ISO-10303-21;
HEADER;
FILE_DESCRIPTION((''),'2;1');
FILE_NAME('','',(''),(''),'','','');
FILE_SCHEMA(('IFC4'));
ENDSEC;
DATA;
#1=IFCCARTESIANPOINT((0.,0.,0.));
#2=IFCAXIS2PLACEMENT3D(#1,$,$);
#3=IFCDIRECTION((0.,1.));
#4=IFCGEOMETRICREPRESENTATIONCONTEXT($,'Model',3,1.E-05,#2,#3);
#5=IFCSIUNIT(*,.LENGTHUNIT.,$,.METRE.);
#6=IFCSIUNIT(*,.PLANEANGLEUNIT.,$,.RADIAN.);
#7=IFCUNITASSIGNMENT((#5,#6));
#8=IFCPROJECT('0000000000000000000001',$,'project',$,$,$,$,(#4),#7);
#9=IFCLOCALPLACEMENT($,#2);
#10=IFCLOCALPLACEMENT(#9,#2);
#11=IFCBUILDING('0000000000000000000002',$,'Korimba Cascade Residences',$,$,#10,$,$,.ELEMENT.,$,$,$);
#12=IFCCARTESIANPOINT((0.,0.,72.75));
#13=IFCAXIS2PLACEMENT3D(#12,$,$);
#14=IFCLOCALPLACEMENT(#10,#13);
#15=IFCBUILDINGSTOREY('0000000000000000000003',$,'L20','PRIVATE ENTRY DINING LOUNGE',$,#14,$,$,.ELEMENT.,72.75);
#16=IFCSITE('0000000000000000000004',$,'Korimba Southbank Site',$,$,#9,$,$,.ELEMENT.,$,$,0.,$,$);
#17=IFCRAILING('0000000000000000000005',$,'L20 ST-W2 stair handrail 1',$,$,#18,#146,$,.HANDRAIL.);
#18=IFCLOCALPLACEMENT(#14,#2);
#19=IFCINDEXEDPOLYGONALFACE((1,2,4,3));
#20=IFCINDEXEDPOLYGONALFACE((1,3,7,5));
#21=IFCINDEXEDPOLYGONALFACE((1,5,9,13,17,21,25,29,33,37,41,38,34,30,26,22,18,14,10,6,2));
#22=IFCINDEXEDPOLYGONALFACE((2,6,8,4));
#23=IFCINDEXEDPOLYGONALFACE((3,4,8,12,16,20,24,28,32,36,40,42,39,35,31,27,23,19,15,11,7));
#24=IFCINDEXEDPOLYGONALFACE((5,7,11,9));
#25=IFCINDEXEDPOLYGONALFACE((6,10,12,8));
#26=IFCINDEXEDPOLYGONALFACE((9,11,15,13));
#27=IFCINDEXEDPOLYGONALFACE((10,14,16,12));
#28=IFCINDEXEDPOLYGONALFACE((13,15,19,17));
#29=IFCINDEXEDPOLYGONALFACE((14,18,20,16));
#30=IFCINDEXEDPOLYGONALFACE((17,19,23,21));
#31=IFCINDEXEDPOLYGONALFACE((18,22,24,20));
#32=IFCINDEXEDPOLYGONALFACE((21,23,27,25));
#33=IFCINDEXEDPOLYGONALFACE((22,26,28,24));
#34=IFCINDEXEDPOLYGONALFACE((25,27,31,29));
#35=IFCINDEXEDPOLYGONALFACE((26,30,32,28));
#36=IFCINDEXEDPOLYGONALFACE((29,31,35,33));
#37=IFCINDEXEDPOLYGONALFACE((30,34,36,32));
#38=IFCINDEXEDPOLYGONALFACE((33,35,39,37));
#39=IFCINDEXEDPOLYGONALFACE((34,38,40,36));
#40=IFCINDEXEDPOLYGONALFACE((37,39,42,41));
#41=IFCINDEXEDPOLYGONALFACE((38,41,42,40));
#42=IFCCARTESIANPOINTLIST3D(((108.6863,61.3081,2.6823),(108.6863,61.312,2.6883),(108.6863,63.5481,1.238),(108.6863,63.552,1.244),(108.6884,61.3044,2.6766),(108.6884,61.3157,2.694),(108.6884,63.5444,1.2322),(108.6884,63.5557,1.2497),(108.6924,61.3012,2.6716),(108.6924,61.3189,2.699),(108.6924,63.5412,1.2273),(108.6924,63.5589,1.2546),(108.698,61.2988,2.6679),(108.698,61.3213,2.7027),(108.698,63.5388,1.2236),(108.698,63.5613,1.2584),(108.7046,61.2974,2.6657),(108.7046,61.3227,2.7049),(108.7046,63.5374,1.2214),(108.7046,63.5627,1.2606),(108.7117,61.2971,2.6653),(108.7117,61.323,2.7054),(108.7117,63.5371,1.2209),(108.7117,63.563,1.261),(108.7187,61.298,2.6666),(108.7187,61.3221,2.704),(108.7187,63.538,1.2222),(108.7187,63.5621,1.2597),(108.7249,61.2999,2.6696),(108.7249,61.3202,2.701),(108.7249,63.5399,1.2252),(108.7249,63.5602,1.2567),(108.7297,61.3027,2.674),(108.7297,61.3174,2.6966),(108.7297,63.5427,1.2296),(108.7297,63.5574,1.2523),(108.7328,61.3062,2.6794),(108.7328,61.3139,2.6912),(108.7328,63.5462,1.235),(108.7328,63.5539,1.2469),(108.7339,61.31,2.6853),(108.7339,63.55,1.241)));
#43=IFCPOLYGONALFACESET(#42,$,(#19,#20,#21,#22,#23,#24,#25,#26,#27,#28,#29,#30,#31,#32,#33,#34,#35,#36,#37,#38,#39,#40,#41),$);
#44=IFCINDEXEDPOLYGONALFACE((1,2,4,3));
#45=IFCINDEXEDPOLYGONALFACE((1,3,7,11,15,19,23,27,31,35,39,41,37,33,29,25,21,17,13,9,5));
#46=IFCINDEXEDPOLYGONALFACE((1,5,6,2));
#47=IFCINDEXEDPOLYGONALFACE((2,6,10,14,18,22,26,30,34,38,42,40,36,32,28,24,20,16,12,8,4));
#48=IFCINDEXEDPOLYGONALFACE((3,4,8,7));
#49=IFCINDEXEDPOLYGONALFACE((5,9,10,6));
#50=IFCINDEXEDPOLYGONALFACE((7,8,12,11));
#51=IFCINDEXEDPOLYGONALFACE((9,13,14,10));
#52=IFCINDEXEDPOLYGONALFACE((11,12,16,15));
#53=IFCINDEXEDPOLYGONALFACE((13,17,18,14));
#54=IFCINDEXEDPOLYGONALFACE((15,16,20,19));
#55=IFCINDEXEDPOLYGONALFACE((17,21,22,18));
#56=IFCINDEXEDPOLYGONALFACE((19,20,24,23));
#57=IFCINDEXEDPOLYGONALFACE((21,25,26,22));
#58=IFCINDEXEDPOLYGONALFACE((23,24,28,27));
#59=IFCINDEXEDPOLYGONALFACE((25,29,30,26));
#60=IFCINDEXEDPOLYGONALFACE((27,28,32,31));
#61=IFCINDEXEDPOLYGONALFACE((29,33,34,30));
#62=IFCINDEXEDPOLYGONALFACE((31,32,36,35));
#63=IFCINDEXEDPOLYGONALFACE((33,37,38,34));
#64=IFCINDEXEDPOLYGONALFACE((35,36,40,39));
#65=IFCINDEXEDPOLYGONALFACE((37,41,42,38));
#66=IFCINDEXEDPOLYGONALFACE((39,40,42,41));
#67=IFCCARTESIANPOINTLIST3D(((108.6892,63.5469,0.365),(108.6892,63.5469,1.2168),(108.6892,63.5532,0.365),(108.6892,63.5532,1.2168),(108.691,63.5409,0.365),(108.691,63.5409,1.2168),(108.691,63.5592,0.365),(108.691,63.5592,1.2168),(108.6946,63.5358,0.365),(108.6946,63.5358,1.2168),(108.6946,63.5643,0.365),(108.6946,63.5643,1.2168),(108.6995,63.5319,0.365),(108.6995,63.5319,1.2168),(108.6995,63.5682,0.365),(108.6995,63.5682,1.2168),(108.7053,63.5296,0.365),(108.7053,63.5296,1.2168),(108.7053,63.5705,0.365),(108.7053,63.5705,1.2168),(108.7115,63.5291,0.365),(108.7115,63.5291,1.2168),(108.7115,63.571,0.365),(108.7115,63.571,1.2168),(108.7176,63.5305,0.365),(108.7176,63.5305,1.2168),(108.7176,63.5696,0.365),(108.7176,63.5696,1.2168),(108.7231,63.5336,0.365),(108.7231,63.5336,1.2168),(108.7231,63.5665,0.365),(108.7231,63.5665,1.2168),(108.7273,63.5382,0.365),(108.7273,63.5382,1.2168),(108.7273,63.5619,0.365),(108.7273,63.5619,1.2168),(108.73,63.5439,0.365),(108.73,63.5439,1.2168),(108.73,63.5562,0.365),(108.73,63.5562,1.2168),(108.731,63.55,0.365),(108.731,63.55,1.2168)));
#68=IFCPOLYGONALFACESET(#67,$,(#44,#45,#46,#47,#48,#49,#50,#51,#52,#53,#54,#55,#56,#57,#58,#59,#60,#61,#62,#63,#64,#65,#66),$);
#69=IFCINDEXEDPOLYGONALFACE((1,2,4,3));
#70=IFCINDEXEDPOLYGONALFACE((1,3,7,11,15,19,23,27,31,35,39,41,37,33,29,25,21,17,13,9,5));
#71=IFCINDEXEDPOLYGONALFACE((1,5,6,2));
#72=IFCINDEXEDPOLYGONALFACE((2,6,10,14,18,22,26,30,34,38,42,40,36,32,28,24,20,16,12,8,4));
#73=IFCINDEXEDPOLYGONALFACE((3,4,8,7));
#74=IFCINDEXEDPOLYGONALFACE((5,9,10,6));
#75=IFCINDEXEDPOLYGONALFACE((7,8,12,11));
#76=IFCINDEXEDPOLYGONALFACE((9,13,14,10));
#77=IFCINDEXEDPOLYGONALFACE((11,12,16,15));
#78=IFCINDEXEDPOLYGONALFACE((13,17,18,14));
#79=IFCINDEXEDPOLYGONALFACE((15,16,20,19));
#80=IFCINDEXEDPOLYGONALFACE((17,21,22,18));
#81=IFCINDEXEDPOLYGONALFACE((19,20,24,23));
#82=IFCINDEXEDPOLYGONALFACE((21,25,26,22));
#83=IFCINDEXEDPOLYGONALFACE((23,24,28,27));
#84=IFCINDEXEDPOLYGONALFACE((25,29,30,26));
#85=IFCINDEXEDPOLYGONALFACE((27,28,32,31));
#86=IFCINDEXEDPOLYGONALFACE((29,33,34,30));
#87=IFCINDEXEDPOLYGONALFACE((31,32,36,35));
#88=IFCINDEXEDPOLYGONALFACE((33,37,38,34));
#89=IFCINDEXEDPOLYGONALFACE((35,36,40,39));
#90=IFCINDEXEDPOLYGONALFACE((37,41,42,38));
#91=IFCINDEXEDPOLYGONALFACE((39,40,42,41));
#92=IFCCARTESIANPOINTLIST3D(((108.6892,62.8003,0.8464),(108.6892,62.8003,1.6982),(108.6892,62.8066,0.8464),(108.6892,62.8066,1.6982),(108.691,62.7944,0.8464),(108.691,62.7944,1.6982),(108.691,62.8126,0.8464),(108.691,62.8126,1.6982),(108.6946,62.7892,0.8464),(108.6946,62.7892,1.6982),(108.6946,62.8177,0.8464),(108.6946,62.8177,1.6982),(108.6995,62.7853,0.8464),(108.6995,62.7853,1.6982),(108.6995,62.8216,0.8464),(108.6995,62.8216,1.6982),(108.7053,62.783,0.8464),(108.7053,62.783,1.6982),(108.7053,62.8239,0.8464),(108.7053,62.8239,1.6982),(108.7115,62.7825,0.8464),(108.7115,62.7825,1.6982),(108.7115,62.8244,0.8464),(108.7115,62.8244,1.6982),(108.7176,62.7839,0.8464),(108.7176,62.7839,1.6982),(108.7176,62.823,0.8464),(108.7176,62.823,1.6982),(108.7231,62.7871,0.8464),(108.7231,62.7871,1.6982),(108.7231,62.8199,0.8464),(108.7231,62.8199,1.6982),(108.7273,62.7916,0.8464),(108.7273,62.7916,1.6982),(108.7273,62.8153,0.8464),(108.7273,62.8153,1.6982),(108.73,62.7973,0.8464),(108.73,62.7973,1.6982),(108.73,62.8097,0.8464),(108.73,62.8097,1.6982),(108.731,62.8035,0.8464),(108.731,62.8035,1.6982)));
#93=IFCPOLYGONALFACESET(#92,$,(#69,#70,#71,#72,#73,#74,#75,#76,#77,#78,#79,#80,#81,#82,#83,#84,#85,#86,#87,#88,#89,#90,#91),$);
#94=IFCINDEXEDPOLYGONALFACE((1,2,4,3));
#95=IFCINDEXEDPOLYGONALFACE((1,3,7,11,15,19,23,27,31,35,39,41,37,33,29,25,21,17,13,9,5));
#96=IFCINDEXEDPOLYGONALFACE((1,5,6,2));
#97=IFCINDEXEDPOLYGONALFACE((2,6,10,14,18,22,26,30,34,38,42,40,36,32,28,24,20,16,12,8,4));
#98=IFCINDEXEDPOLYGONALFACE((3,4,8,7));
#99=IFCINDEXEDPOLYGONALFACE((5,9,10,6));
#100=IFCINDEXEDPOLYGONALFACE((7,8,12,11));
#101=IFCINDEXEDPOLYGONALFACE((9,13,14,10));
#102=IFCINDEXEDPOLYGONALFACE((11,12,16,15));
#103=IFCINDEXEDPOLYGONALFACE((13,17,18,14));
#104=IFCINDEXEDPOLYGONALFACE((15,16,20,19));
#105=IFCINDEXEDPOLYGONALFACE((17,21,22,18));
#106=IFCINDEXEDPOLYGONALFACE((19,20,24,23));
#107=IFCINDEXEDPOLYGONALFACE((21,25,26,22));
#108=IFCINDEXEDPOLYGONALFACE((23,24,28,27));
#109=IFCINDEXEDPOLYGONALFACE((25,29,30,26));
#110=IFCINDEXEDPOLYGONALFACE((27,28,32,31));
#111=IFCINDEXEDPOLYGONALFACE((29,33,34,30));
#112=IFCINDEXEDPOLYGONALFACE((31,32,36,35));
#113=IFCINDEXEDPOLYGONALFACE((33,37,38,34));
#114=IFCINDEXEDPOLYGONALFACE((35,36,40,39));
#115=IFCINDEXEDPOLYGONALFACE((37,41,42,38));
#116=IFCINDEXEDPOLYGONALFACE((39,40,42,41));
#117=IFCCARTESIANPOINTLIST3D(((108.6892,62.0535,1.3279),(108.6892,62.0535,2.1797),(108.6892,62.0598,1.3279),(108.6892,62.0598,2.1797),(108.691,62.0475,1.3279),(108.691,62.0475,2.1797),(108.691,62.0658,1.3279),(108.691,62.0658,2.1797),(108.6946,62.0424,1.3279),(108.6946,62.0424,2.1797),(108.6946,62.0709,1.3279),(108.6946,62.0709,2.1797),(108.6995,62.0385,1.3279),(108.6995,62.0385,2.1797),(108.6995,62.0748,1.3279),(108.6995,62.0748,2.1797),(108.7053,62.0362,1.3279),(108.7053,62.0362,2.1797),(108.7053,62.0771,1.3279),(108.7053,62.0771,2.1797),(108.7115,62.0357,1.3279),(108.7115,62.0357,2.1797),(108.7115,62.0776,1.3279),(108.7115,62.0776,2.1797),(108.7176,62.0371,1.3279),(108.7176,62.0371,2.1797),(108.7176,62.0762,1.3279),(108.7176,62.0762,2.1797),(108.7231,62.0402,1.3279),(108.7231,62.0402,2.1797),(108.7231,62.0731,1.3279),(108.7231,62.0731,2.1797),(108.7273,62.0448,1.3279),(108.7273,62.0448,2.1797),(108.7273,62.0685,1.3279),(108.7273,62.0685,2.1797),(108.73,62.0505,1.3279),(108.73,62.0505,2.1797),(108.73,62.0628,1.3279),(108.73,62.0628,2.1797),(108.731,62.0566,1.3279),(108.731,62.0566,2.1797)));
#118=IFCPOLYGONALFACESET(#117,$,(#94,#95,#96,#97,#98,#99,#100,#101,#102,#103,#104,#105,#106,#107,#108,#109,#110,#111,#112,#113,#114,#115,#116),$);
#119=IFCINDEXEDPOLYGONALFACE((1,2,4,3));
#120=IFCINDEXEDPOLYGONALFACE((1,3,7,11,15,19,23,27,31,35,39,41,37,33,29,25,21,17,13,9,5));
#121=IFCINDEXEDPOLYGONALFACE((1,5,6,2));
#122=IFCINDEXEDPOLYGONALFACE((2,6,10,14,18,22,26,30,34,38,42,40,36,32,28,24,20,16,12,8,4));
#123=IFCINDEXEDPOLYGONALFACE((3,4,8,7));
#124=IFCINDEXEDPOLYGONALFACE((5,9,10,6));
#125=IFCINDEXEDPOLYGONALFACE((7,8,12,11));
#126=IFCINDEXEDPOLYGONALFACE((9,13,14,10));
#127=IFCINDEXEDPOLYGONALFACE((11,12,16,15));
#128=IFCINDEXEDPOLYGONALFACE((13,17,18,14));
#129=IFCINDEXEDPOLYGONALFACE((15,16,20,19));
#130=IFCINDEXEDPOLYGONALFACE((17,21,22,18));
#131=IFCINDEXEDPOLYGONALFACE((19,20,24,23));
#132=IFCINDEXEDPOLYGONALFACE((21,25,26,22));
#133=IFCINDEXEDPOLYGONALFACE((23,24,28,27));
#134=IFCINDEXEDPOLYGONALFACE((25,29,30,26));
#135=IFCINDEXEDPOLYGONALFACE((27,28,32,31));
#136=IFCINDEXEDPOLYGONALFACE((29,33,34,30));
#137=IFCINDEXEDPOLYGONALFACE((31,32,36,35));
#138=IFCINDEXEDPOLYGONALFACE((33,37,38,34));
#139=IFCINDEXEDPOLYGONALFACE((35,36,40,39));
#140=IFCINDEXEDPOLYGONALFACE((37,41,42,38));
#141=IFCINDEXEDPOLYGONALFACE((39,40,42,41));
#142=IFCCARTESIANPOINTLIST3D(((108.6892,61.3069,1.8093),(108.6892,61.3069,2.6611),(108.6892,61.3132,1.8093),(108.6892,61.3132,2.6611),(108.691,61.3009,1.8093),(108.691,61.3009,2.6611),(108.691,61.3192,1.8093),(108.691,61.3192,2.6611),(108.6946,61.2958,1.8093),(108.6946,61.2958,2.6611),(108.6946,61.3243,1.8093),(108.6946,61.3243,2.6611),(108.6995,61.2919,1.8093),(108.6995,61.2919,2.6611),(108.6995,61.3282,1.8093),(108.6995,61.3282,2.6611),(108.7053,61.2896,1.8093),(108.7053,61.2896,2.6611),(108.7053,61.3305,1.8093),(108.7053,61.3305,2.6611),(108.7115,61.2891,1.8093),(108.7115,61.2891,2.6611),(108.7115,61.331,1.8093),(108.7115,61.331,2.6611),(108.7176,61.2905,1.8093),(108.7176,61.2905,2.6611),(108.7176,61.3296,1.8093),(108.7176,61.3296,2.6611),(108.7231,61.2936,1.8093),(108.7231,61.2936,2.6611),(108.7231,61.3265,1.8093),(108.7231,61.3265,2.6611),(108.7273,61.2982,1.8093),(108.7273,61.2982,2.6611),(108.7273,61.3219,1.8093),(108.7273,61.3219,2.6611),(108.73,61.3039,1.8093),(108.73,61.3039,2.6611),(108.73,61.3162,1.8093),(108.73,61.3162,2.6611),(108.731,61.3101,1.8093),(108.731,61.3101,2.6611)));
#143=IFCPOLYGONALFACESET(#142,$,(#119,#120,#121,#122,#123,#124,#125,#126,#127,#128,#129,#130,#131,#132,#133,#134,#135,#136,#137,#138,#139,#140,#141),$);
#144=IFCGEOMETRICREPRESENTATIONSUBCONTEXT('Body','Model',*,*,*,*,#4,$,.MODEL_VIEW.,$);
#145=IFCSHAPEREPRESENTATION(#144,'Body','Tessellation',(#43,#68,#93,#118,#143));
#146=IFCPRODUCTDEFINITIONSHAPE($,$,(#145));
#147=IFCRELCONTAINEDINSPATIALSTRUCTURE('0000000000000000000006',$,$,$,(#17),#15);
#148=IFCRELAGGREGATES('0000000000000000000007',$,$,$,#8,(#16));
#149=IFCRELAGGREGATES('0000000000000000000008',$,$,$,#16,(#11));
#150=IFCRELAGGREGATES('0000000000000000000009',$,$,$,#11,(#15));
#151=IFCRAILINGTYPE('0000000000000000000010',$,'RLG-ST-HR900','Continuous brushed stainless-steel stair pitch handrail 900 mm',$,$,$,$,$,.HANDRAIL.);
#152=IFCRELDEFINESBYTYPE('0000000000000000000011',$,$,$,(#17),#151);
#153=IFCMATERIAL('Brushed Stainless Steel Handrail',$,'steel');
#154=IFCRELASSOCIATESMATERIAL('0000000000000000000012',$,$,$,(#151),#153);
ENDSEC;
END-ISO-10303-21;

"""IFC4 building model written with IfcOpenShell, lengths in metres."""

from ifc_helpers import new_model, si_unit, direction, frame, origin, origin_2d, place, context, subcontext, project, spatial, circle, extrude, material, type_object, element, save


model = new_model("IFC4")

# Units and contexts
model_context = context("Model", 3, precision=1e-05, world=origin(), true_north=direction((0.0, 1.0)))
body_context = subcontext(model_context, "Body", "Model", "MODEL_VIEW")
ifc_project = project(units=[si_unit("LENGTHUNIT", "METRE"), si_unit("PLANEANGLEUNIT", "RADIAN")], contexts=[model_context])

# Site, building, storey
site_placement = place(None, origin())
site = spatial("IfcSite", under=ifc_project, at=site_placement, Name="Korimba Southbank Site", CompositionType="ELEMENT", RefElevation=0.0)
building_placement = place(site_placement, origin())
building = spatial("IfcBuilding", under=site, at=building_placement, Name="Korimba Cascade Residences", CompositionType="ELEMENT")
storey_placement = place(building_placement, frame((0.0, 0.0, 72.75)))
storey = spatial("IfcBuildingStorey", under=building, at=storey_placement, Name="L20", Description="PRIVATE ENTRY DINING LOUNGE", CompositionType="ELEMENT", Elevation=72.75)

# Railing
ifc_material_1 = material(Name="Brushed Stainless Steel Handrail", Category="steel")
railing_type_1 = type_object("IfcRailingType", Name="RLG-ST-HR900", Description="Continuous brushed stainless-steel stair pitch handrail 900 mm", PredefinedType="HANDRAIL", material=ifc_material_1)
railing_1_placement = place(storey_placement, frame((108.71, 63.55, 0.365)))
element("IfcRailing", 1, at=railing_1_placement, inside=storey, type_object=railing_type_1, Name="L20 ST-W2 stair handrail 1", PredefinedType="HANDRAIL", context=body_context, shape_type="SweptSolid", body=[
    extrude(circle(Radius=0.0239, at=origin_2d()), frame((0.0, 0.0, 0.876), z_axis=(0.0, -0.840437, 0.54191), x_axis=(1.0, 0.0, 0.0)), (0.0, 0.0, 1.0), 2.6653),
    extrude(circle(Radius=0.021, at=origin_2d()), origin(), (0.0, 0.0, 1.0), 0.8518),
    extrude(circle(Radius=0.021, at=origin_2d()), frame((0.0, -0.7466, 0.4814)), (0.0, 0.0, 1.0), 0.8518),
    extrude(circle(Radius=0.021, at=origin_2d()), frame((0.0, -1.4934, 0.9629)), (0.0, 0.0, 1.0), 0.8518),
    extrude(circle(Radius=0.021, at=origin_2d()), frame((0.0, -2.24, 1.4443)), (0.0, 0.0, 1.0), 0.8518),
])

save(model, "model.ifc")
